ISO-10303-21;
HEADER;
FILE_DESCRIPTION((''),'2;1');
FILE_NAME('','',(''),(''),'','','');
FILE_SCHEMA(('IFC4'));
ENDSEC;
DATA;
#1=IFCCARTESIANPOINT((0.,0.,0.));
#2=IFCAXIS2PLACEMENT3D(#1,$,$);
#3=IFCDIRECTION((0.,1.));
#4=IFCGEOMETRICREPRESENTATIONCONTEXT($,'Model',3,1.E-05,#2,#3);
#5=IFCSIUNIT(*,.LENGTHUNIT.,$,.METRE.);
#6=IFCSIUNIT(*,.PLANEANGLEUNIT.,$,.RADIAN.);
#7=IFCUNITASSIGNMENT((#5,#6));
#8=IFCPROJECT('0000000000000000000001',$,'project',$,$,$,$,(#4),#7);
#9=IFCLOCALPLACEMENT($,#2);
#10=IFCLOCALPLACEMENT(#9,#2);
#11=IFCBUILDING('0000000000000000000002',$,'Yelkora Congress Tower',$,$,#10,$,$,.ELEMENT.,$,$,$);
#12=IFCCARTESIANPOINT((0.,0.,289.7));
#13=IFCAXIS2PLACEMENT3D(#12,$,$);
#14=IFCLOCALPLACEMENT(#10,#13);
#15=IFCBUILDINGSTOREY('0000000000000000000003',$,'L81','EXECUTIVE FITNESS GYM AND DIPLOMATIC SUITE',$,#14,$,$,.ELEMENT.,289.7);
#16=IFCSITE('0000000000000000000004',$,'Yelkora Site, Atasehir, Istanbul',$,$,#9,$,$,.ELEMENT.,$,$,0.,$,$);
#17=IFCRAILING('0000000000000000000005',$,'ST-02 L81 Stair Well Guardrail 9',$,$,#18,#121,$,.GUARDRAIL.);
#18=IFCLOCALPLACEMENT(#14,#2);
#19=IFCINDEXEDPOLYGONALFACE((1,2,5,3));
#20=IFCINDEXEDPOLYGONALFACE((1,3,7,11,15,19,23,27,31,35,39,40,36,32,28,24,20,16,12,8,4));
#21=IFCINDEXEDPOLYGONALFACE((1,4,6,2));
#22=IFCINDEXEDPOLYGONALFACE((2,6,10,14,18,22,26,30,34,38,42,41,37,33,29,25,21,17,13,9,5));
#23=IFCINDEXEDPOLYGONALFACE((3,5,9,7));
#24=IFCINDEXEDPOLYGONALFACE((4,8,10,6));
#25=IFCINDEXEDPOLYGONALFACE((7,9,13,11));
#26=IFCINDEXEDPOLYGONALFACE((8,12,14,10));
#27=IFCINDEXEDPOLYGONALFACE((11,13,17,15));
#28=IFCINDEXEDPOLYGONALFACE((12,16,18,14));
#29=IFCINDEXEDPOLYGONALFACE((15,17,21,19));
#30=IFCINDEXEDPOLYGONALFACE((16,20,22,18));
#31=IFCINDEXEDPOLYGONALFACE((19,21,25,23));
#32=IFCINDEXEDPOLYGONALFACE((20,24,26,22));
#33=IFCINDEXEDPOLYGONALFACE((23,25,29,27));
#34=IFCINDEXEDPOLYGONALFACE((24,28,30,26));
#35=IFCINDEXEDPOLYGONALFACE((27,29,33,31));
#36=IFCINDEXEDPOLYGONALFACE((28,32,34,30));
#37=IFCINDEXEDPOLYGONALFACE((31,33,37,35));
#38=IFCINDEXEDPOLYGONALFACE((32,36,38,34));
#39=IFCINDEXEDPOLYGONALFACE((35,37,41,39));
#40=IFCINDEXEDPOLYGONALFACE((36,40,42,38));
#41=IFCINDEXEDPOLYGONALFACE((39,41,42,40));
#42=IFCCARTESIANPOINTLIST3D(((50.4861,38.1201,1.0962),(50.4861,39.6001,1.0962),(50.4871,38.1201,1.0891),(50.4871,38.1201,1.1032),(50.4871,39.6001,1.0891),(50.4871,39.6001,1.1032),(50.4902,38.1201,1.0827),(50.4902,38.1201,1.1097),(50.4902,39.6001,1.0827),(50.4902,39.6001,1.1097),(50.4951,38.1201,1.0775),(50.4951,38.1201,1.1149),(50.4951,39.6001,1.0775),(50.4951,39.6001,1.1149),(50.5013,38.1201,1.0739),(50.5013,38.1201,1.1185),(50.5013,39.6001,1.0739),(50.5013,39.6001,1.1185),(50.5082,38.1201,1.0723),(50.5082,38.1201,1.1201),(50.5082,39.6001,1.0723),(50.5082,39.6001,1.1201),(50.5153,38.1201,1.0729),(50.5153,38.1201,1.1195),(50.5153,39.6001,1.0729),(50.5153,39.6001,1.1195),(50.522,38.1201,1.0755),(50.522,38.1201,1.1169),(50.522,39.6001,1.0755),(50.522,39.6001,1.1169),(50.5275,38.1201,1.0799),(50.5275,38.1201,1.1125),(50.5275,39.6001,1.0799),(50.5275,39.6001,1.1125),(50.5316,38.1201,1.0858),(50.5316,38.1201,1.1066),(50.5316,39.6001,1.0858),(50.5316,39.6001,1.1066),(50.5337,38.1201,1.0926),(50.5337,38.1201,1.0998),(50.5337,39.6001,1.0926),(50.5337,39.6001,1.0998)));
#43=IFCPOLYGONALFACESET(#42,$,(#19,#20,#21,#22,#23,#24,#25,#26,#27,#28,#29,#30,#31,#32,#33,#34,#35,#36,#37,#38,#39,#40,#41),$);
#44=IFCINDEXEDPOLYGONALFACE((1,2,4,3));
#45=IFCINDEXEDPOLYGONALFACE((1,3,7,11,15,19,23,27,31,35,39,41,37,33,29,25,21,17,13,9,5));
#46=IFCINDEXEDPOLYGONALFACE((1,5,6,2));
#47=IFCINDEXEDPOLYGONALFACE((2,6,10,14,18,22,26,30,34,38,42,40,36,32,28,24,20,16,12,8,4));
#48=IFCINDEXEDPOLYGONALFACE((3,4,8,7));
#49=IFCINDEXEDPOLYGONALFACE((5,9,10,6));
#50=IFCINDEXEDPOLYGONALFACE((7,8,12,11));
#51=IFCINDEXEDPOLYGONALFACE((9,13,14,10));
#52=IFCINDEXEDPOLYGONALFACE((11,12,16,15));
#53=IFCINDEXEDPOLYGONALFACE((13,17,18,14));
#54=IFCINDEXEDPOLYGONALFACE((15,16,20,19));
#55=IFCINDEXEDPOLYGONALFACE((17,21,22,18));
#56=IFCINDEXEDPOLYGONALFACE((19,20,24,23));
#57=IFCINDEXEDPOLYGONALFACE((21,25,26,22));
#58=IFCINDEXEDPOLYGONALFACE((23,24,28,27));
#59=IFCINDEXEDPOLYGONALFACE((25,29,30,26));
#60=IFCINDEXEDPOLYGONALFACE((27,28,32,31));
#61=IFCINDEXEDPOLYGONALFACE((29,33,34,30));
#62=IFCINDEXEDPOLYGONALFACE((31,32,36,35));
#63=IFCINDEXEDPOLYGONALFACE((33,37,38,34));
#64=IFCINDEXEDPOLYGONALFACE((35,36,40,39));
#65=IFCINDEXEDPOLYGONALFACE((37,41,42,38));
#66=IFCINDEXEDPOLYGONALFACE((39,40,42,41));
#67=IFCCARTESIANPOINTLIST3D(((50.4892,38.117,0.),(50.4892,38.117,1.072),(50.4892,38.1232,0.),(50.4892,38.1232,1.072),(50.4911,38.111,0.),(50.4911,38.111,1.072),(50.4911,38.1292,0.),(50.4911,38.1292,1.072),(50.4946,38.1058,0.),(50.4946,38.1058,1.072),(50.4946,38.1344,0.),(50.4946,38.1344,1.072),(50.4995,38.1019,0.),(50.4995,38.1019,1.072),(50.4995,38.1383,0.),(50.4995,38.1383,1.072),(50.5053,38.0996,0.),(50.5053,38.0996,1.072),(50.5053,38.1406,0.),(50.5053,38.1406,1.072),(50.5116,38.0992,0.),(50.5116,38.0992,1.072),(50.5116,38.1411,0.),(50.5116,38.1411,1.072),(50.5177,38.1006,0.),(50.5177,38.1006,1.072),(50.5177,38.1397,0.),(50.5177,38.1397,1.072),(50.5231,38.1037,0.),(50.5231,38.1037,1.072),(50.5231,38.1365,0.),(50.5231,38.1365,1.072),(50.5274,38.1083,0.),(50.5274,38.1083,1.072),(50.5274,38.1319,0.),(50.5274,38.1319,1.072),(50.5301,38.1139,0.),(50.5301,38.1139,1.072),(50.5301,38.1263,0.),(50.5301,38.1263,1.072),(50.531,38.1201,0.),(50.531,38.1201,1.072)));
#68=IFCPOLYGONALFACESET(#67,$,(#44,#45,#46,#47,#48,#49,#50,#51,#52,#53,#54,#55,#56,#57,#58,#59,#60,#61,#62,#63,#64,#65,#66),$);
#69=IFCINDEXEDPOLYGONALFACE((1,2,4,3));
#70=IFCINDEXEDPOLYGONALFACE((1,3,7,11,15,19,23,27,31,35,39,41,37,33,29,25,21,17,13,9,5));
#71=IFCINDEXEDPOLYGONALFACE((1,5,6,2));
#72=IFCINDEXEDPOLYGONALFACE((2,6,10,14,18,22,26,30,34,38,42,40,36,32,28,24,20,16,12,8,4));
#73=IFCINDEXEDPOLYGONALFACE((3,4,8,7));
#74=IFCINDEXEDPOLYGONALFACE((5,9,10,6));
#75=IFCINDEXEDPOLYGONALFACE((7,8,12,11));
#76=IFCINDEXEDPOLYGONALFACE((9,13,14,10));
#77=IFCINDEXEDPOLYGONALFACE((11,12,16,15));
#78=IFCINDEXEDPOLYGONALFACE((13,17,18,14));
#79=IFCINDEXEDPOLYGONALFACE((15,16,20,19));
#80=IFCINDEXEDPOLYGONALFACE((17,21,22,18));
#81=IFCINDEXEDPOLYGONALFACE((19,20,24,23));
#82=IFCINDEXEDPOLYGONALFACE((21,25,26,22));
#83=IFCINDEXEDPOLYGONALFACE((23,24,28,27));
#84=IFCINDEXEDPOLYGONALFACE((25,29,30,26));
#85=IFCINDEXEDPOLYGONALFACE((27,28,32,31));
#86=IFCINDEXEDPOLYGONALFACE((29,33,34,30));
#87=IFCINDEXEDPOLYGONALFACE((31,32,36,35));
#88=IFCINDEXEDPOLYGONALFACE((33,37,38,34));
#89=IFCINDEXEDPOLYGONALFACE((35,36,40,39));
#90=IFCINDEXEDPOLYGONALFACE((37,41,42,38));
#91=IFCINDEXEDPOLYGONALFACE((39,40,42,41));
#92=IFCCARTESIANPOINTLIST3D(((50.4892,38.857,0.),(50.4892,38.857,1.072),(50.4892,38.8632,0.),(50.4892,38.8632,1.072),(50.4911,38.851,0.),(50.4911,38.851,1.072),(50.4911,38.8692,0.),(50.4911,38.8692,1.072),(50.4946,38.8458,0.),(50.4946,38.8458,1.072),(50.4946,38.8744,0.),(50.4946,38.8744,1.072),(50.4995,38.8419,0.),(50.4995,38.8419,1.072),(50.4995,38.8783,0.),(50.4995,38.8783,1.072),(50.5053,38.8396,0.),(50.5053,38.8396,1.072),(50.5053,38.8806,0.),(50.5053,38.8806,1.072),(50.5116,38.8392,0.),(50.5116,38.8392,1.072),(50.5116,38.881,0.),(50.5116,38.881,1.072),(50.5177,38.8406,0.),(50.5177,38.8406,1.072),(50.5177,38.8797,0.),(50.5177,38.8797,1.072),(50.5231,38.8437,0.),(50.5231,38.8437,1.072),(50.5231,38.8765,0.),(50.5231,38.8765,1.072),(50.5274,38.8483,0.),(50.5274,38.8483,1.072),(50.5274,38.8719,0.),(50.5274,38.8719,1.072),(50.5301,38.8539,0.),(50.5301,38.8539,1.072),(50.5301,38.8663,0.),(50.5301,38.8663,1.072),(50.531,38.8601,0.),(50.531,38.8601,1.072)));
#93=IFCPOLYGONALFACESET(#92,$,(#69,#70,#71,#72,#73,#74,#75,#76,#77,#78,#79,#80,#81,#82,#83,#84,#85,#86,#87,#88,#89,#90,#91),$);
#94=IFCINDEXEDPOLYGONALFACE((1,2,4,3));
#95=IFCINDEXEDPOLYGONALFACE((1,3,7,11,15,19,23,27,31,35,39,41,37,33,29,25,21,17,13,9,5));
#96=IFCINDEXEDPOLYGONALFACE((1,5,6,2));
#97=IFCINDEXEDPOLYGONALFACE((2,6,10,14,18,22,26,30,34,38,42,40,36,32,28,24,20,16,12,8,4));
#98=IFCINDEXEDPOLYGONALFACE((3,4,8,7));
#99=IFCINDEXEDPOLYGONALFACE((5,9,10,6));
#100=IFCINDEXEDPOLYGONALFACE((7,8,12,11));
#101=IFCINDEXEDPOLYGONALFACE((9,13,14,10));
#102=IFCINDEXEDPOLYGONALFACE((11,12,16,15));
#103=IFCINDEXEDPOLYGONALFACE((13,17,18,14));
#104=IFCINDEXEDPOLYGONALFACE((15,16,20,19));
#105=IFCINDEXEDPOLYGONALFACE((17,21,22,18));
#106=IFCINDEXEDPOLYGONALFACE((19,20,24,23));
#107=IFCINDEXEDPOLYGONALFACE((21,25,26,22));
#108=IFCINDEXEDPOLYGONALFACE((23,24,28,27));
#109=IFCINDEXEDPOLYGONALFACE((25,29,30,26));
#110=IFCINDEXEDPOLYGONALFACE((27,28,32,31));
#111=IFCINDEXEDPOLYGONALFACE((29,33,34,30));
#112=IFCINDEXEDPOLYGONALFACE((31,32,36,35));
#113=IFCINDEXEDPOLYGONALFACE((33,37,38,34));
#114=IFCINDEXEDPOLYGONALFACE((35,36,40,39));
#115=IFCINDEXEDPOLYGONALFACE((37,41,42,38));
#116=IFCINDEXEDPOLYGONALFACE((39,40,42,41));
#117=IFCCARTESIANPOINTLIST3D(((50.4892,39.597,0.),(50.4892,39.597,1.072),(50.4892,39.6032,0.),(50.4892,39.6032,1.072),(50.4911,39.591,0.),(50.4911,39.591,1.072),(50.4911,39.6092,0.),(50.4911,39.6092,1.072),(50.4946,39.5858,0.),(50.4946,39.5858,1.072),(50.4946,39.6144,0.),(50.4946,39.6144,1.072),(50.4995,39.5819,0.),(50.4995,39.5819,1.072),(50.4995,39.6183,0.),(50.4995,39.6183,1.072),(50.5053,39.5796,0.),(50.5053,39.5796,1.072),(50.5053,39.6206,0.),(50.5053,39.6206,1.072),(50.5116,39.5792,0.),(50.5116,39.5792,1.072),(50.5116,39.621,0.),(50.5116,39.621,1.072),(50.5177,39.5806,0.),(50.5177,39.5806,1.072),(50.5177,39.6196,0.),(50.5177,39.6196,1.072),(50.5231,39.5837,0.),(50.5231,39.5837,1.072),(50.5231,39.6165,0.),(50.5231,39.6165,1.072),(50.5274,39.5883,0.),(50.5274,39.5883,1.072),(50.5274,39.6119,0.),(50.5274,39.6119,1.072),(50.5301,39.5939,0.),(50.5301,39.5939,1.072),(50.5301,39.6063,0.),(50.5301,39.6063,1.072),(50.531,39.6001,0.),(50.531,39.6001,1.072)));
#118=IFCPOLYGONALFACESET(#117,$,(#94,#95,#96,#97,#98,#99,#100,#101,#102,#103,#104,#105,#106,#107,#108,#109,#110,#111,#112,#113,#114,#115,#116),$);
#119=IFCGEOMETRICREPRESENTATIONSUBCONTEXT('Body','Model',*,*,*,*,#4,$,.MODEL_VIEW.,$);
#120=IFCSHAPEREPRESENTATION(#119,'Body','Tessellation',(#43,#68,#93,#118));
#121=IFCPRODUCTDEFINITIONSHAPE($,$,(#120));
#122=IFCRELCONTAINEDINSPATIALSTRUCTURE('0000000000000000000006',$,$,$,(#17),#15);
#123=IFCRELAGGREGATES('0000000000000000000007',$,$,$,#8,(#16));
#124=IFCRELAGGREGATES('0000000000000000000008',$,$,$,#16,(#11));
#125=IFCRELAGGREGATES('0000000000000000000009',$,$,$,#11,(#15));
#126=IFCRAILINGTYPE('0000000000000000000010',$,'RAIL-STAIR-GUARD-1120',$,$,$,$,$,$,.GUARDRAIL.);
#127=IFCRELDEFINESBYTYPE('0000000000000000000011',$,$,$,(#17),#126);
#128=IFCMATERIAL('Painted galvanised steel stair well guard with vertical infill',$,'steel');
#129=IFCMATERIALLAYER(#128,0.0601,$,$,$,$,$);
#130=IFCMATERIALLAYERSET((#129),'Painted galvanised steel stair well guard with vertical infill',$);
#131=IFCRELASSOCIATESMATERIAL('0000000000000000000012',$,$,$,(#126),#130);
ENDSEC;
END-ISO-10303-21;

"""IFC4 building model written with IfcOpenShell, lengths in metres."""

from ifc_helpers import new_model, si_unit, direction, frame, origin, origin_2d, place, context, subcontext, project, spatial, circle, extrude, material, layer, layer_set, type_object, element, save


model = new_model("IFC4")

# Units and contexts
model_context = context("Model", 3, precision=1e-05, world=origin(), true_north=direction((0.0, 1.0)))
body_context = subcontext(model_context, "Body", "Model", "MODEL_VIEW")
ifc_project = project(units=[si_unit("LENGTHUNIT", "METRE"), si_unit("PLANEANGLEUNIT", "RADIAN")], contexts=[model_context])

# Site, building, storey
site_placement = place(None, origin())
site = spatial("IfcSite", under=ifc_project, at=site_placement, Name="Yelkora Site, Atasehir, Istanbul", CompositionType="ELEMENT", RefElevation=0.0)
building_placement = place(site_placement, origin())
building = spatial("IfcBuilding", under=site, at=building_placement, Name="Yelkora Congress Tower", CompositionType="ELEMENT")
storey_placement = place(building_placement, frame((0.0, 0.0, 289.7)))
storey = spatial("IfcBuildingStorey", under=building, at=storey_placement, Name="L81", Description="EXECUTIVE FITNESS GYM AND DIPLOMATIC SUITE", CompositionType="ELEMENT", Elevation=289.7)

# Railing
ifc_material_1 = material(Name="Painted galvanised steel stair well guard with vertical infill", Category="steel")
ifc_layer_1 = layer(ifc_material_1, 0.0601)
ifc_layer_set_1 = layer_set([ifc_layer_1], Name="Painted galvanised steel stair well guard with vertical infill")
railing_type_1 = type_object("IfcRailingType", Name="RAIL-STAIR-GUARD-1120", PredefinedType="GUARDRAIL", material=ifc_layer_set_1)
for number, where, name in (
    (1, (50.51, 38.1201, 0.0), "ST-02 L81 Stair Well Guardrail 9"),
):
    element("IfcRailing", number, at=place(storey_placement, frame(where)), inside=storey, type_object=railing_type_1, Name=name, PredefinedType="GUARDRAIL", context=body_context, shape_type="SweptSolid", body=[
        extrude(circle(Radius=0.0239, at=origin_2d()), frame((0.0, 0.0, 1.0962), z_axis=(0.0, 1.0, 0.0), x_axis=(-1.0, 0.0, 0.0)), (0.0, 0.0, 1.0), 1.48),
        extrude(circle(Radius=0.021, at=origin_2d()), origin(), (0.0, 0.0, 1.0), 1.072),
        extrude(circle(Radius=0.021, at=origin_2d()), frame((0.0, 0.74, 0.0)), (0.0, 0.0, 1.0), 1.072),
        extrude(circle(Radius=0.021, at=origin_2d()), frame((0.0, 1.48, 0.0)), (0.0, 0.0, 1.0), 1.072),
    ])

save(model, "model.ifc")
